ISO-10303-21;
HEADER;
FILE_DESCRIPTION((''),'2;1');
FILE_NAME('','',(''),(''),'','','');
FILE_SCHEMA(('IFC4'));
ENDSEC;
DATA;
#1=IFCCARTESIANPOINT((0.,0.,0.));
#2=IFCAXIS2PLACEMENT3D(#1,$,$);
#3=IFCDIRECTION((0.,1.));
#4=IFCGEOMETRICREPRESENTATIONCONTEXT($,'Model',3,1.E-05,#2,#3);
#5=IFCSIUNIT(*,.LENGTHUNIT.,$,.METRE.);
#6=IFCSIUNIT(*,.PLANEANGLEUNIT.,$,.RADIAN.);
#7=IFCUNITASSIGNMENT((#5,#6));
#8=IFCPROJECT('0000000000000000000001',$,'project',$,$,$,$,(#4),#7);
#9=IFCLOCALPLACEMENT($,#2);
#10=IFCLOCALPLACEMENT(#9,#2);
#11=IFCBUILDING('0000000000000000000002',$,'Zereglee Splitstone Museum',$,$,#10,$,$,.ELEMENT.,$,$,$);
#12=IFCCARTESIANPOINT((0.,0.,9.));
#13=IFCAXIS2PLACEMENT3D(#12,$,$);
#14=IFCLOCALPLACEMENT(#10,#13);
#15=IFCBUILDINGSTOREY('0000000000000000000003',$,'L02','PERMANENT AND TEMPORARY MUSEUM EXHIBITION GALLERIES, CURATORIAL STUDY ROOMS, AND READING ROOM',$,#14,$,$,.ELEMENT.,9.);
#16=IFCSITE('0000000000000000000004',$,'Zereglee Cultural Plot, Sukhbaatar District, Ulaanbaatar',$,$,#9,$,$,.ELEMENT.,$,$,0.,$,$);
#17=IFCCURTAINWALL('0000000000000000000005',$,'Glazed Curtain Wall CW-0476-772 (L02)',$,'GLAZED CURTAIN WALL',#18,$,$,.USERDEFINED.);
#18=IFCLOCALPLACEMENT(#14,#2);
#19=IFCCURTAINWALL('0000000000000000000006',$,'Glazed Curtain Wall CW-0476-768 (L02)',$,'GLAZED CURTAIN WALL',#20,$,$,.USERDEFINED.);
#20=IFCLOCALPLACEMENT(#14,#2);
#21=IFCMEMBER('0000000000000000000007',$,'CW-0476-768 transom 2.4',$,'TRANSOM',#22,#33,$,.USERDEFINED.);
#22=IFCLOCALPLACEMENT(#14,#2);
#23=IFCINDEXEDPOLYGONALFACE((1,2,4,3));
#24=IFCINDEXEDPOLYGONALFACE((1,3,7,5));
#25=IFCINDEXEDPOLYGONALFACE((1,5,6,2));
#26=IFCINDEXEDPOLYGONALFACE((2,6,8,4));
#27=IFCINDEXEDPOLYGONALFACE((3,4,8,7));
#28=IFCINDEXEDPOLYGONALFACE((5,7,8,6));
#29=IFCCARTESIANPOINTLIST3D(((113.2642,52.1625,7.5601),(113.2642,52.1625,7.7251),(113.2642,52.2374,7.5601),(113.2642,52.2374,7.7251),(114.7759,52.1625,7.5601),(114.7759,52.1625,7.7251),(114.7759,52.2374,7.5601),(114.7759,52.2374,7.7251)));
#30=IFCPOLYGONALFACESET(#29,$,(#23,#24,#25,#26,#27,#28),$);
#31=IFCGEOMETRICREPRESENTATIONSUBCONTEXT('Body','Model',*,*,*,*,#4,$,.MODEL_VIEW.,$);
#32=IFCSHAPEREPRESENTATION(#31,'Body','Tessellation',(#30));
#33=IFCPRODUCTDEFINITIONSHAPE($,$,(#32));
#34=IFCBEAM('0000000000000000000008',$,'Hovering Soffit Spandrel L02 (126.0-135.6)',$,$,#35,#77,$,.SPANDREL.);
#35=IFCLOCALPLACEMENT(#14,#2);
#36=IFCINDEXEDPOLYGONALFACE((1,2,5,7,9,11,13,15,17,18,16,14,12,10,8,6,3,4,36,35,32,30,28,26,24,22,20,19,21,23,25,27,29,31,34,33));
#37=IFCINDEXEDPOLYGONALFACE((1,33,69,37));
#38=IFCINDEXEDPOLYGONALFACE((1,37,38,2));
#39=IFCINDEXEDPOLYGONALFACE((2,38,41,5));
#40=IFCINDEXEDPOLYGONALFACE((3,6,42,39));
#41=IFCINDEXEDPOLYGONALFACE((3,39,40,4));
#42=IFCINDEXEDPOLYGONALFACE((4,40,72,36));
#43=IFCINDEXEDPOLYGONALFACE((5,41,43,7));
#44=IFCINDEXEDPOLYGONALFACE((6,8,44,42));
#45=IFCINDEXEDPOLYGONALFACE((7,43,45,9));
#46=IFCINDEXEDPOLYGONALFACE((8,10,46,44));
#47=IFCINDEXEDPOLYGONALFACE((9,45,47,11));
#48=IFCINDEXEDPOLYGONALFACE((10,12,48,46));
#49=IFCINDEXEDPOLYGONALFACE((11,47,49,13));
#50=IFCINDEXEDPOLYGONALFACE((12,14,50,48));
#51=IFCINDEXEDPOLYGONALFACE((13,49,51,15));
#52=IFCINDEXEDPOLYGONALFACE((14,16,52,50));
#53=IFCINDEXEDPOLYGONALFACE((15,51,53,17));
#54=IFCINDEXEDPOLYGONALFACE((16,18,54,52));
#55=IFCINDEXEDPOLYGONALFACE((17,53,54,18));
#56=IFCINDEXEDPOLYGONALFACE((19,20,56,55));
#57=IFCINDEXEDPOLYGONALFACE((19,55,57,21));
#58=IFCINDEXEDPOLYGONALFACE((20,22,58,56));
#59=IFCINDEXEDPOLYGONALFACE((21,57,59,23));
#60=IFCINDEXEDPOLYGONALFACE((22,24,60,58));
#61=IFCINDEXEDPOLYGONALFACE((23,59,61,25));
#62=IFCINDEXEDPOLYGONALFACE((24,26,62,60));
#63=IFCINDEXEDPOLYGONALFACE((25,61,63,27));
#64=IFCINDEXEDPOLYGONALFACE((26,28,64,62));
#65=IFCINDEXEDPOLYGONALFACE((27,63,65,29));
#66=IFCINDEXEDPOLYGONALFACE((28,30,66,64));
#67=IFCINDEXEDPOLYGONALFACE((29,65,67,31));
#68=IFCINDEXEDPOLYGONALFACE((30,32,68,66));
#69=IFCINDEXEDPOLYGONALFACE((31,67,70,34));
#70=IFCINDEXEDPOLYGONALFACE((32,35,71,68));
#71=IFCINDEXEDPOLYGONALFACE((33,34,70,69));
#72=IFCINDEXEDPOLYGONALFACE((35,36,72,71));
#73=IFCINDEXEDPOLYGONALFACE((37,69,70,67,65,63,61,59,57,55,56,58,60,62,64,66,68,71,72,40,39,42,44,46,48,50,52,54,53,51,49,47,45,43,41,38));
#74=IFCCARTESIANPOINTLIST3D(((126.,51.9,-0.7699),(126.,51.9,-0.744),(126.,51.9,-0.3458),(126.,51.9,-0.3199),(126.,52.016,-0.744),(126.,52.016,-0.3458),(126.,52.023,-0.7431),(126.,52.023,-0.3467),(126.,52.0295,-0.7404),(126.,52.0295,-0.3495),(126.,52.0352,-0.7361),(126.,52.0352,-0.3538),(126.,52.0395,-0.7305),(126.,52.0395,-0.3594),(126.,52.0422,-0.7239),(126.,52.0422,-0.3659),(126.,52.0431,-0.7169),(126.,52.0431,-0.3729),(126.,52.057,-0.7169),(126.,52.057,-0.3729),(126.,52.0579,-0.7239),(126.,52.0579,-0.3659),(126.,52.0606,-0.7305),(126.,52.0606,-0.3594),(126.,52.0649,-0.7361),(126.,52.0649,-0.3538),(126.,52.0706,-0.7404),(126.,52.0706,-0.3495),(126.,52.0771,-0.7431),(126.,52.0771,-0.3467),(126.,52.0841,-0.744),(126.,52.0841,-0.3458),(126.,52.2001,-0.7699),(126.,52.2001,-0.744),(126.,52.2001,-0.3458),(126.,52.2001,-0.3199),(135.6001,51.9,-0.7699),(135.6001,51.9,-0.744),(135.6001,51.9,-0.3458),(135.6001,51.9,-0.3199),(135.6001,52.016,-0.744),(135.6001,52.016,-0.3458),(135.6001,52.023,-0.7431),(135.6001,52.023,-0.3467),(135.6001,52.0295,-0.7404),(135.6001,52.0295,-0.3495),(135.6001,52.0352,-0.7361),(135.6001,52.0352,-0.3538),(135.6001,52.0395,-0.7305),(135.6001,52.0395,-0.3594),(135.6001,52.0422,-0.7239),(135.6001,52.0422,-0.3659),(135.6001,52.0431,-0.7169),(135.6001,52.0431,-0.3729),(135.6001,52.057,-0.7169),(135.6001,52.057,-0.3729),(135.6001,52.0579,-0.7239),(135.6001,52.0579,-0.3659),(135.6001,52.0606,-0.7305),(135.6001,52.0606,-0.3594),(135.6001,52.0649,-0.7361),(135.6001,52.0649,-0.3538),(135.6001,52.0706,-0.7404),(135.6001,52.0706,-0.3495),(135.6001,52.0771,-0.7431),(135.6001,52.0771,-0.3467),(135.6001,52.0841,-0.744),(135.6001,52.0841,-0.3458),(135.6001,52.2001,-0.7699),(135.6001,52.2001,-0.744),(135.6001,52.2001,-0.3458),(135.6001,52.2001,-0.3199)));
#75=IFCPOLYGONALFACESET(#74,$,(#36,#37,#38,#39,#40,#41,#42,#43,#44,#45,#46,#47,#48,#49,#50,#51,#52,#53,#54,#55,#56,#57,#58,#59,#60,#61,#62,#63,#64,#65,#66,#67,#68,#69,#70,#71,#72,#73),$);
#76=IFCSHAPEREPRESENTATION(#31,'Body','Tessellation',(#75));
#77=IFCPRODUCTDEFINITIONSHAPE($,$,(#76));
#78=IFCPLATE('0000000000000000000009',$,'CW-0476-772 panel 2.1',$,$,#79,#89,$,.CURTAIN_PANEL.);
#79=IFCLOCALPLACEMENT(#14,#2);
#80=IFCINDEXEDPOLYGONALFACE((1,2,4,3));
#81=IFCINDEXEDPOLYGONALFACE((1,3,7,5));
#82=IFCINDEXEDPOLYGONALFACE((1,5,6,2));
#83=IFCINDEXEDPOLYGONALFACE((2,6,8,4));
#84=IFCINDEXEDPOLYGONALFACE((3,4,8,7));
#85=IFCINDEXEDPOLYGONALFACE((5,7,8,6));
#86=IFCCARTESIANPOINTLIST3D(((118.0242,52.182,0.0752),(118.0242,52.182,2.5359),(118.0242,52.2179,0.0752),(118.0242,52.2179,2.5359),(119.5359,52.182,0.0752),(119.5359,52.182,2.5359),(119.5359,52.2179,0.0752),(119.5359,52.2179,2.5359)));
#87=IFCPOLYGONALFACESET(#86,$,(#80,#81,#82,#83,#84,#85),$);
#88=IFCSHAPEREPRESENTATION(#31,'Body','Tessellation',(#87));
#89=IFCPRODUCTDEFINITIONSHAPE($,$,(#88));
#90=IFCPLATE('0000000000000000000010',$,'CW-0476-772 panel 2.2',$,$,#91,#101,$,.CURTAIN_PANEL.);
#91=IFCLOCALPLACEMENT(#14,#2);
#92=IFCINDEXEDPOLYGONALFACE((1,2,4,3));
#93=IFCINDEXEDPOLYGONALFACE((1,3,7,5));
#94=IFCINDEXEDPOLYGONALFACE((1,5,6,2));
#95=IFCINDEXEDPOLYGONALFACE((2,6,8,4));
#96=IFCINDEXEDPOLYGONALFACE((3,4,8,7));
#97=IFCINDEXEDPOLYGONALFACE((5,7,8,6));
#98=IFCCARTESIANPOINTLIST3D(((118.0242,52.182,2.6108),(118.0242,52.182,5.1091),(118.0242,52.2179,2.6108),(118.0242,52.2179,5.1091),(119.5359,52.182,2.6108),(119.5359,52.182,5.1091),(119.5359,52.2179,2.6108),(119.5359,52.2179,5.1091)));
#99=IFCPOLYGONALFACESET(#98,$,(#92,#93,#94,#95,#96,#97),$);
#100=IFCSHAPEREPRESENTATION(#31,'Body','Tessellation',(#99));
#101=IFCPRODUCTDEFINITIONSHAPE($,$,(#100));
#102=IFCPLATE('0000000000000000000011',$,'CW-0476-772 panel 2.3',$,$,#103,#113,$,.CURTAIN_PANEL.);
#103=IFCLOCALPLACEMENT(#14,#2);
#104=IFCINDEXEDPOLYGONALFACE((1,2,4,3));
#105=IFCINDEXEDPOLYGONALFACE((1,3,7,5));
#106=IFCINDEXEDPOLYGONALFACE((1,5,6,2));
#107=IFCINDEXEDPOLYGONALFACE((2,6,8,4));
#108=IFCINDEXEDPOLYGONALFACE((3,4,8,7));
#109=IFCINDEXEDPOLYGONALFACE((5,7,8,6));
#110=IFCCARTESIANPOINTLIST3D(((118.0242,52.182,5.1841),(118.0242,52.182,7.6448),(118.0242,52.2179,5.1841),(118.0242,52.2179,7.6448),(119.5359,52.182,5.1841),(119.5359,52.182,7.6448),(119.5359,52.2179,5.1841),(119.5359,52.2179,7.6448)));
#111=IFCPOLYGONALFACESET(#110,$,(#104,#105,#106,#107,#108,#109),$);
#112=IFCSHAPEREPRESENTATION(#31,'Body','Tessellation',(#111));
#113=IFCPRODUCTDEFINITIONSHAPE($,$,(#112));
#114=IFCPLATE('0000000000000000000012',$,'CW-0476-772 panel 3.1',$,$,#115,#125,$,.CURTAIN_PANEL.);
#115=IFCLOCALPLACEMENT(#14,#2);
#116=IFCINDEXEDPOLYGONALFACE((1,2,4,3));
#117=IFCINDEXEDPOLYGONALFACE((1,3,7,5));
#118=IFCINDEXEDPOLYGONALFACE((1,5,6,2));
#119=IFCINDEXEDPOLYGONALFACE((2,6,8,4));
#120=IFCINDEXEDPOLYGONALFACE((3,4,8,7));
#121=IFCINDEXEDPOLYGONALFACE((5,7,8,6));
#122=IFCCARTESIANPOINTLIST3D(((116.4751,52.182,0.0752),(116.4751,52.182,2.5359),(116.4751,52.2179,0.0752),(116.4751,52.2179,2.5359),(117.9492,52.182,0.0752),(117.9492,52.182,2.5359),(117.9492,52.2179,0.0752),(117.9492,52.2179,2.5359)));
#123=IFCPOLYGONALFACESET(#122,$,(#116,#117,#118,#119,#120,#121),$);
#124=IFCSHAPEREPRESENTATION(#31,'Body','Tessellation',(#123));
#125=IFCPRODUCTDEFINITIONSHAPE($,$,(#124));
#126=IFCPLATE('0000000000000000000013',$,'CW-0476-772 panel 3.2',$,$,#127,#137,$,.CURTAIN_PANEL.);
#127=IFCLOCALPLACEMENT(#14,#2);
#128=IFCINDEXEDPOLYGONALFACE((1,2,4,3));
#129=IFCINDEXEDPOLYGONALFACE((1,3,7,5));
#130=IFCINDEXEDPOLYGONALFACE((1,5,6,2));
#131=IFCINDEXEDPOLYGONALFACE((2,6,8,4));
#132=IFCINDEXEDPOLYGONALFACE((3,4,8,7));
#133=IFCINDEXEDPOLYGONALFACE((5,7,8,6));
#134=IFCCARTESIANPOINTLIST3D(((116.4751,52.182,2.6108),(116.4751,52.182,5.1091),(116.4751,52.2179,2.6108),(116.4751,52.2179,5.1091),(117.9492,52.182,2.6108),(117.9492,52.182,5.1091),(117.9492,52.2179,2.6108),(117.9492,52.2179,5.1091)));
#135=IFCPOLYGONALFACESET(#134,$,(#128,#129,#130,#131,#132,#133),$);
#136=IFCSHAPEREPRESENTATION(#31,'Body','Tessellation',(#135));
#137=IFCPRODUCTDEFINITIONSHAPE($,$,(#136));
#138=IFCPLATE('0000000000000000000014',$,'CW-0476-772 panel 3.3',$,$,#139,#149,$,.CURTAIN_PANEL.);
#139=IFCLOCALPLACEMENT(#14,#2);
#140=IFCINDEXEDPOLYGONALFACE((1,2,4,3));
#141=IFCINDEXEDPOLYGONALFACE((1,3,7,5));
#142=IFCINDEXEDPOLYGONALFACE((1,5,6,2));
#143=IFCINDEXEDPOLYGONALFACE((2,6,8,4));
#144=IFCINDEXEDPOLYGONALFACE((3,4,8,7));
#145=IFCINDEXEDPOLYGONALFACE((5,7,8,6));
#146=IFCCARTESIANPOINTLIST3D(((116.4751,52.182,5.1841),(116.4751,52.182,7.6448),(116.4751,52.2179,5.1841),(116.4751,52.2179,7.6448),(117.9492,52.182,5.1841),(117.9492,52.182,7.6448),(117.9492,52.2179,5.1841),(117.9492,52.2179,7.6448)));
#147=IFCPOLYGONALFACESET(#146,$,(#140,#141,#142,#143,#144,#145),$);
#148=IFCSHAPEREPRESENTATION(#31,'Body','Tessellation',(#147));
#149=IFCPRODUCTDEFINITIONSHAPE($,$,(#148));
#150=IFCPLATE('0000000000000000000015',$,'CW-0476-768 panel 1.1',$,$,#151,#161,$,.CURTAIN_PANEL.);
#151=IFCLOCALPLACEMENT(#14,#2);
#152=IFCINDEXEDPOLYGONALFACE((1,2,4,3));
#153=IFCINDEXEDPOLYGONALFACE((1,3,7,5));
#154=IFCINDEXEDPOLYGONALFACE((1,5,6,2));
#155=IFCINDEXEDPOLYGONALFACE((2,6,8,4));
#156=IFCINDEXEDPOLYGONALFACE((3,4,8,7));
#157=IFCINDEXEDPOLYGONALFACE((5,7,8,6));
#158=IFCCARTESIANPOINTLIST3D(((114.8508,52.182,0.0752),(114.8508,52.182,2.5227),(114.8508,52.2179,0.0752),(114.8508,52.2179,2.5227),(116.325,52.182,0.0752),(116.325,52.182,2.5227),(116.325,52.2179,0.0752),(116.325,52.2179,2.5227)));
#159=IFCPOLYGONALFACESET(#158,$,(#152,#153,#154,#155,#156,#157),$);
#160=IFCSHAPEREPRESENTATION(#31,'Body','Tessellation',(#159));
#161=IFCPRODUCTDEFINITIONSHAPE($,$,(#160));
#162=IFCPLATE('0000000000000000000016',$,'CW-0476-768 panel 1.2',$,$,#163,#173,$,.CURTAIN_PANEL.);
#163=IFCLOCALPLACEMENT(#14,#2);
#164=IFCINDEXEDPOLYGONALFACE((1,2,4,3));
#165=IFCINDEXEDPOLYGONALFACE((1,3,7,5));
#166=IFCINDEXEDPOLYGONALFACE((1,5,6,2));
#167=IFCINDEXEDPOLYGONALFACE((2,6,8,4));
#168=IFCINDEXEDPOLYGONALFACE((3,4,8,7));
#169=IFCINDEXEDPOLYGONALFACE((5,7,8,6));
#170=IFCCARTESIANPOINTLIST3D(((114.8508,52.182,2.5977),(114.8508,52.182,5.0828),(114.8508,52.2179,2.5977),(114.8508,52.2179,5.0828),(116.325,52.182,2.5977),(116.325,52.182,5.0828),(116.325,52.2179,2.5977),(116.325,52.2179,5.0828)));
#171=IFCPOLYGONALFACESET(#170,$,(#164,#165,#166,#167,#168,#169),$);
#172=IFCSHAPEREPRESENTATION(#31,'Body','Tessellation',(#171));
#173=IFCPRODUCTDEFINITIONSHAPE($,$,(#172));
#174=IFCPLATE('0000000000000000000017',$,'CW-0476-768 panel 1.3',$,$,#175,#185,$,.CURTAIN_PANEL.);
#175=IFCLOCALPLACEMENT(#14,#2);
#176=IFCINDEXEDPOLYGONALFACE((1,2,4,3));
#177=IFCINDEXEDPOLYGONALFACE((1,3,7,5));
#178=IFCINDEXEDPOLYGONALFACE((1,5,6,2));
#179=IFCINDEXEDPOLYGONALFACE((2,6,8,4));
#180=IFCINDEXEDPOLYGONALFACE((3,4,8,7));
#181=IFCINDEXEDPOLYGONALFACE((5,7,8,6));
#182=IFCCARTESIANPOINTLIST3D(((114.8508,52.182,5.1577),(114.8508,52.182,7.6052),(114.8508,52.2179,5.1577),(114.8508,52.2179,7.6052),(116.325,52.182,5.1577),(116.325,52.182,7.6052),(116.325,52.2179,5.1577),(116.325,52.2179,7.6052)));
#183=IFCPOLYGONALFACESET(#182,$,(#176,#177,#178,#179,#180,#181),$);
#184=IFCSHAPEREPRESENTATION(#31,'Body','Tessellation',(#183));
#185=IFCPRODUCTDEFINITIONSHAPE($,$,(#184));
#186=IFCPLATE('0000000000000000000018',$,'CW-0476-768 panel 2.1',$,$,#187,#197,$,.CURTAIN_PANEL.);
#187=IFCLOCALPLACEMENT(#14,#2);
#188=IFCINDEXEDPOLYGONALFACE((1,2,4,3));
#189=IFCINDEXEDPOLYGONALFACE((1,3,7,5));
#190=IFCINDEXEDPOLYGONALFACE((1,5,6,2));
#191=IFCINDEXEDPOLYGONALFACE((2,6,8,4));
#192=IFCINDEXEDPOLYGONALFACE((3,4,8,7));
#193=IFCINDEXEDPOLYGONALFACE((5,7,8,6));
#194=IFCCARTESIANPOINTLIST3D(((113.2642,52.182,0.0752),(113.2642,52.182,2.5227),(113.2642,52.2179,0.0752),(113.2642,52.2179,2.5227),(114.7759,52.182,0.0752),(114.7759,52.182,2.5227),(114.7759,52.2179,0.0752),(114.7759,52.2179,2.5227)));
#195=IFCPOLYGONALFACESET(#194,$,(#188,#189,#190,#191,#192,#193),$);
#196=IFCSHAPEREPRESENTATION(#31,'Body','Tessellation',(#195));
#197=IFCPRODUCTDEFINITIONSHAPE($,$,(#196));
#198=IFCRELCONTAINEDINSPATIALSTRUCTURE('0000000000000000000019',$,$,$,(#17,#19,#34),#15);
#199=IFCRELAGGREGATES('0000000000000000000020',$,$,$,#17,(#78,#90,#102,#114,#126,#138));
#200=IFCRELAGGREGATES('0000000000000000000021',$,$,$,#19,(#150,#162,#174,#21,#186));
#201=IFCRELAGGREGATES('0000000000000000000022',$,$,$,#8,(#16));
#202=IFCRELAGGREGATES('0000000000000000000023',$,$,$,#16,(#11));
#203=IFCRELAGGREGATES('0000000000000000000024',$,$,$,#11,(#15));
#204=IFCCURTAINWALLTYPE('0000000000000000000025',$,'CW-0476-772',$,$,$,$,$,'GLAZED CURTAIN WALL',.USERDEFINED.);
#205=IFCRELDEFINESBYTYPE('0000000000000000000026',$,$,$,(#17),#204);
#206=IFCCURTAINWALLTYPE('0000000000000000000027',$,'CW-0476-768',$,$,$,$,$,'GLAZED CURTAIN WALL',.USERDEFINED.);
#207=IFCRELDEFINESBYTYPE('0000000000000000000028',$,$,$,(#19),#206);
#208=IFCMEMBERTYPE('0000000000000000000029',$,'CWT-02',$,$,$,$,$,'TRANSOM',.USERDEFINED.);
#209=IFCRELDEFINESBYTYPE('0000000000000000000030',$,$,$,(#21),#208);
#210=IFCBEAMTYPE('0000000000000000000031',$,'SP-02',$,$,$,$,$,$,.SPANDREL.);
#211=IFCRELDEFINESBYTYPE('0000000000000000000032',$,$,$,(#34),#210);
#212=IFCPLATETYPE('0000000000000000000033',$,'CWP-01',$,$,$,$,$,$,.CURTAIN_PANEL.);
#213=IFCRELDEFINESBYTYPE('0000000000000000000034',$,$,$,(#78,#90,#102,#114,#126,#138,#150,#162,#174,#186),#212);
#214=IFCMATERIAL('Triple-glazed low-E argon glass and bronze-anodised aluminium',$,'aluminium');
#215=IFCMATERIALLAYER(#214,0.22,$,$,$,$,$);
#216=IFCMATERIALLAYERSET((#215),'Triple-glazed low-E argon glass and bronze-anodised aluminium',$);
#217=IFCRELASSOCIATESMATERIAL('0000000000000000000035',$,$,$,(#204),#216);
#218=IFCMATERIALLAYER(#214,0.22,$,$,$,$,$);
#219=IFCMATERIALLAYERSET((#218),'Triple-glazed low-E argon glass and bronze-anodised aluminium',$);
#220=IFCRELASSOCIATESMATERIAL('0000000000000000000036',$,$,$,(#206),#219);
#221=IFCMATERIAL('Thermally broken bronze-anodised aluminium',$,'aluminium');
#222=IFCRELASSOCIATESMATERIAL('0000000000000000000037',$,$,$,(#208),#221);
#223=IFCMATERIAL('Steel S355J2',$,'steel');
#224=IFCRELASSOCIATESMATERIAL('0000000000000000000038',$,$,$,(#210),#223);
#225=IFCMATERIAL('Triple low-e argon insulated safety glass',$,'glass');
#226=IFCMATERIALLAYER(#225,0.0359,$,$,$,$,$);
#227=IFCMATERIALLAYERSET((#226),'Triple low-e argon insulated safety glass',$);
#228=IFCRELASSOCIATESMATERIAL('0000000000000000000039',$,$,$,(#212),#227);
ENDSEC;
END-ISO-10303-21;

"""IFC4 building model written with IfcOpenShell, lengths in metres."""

from ifc_helpers import new_model, si_unit, direction, frame, origin, origin_2d, place, context, subcontext, project, spatial, rectangle, i_section, extrude, material, layer, layer_set, material_profile, profile_set, type_object, element, aggregate, save


model = new_model("IFC4")

# Units and contexts
model_context = context("Model", 3, precision=1e-05, world=origin(), true_north=direction((0.0, 1.0)))
body_context = subcontext(model_context, "Body", "Model", "MODEL_VIEW")
ifc_project = project(units=[si_unit("LENGTHUNIT", "METRE"), si_unit("PLANEANGLEUNIT", "RADIAN")], contexts=[model_context])

# Site, building, storey
site_placement = place(None, origin())
site = spatial("IfcSite", under=ifc_project, at=site_placement, Name="Zereglee Cultural Plot, Sukhbaatar District, Ulaanbaatar", CompositionType="ELEMENT", RefElevation=0.0)
building_placement = place(site_placement, origin())
building = spatial("IfcBuilding", under=site, at=building_placement, Name="Zereglee Splitstone Museum", CompositionType="ELEMENT")
storey_placement = place(building_placement, frame((0.0, 0.0, 9.0)))
storey = spatial("IfcBuildingStorey", under=building, at=storey_placement, Name="L02", Description="PERMANENT AND TEMPORARY MUSEUM EXHIBITION GALLERIES, CURATORIAL STUDY ROOMS, AND READING ROOM", CompositionType="ELEMENT", Elevation=9.0)

# Curtain walls
ifc_material_1 = material(Name="Triple-glazed low-E argon glass and bronze-anodised aluminium", Category="aluminium")
ifc_layer_1 = layer(ifc_material_1, 0.22)
ifc_layer_set_1 = layer_set([ifc_layer_1], Name="Triple-glazed low-E argon glass and bronze-anodised aluminium")
curtain_wall_type_1 = type_object("IfcCurtainWallType", Name="CW-0476-772", ElementType="GLAZED CURTAIN WALL", PredefinedType="USERDEFINED", material=ifc_layer_set_1)
curtain_wall_1_placement = place(storey_placement, origin())
curtain_wall_1 = element("IfcCurtainWall", 1, at=curtain_wall_1_placement, inside=storey, type_object=curtain_wall_type_1, Name="Glazed Curtain Wall CW-0476-772 (L02)", ObjectType="GLAZED CURTAIN WALL", PredefinedType="USERDEFINED")
ifc_material_2 = material(Name="Thermally broken bronze-anodised aluminium", Category="aluminium")
ifc_layer_2 = layer(ifc_material_1, 0.22)
ifc_layer_set_2 = layer_set([ifc_layer_2], Name="Triple-glazed low-E argon glass and bronze-anodised aluminium")
curtain_wall_type_2 = type_object("IfcCurtainWallType", Name="CW-0476-768", ElementType="GLAZED CURTAIN WALL", PredefinedType="USERDEFINED", material=ifc_layer_set_2)
curtain_wall_2_placement = place(storey_placement, origin())
curtain_wall_2 = element("IfcCurtainWall", 2, at=curtain_wall_2_placement, inside=storey, type_object=curtain_wall_type_2, Name="Glazed Curtain Wall CW-0476-768 (L02)", ObjectType="GLAZED CURTAIN WALL", PredefinedType="USERDEFINED")

# Member
ifc_material_profile_1 = material_profile(ifc_material_2, rectangle(XDim=0.075, YDim=0.165, at=origin_2d()), Name="CW TRAN 75x165")
ifc_profile_set_1 = profile_set([ifc_material_profile_1], Name="Thermally broken bronze-anodised aluminium")
member_type_1 = type_object("IfcMemberType", Name="CWT-02", ElementType="TRANSOM", PredefinedType="USERDEFINED", material=ifc_profile_set_1)
member_1_placement = place(storey_placement, frame((114.7759, 52.2, 7.6426), z_axis=(-1.0, 0.0, 0.0), x_axis=(0.0, -1.0, 0.0)))
member_1 = element("IfcMember", 3, at=member_1_placement, type_object=member_type_1, Name="CW-0476-768 transom 2.4", ObjectType="TRANSOM", PredefinedType="USERDEFINED", context=body_context, shape_type="SweptSolid", body=[
    extrude(rectangle(XDim=0.075, YDim=0.165, at=origin_2d()), origin(), (0.0, 0.0, 1.0), 1.5117),
])

# Beam
ifc_material_3 = material(Name="Steel S355J2", Category="steel")
ifc_material_profile_2 = material_profile(ifc_material_3, i_section(OverallWidth=0.3, OverallDepth=0.45, WebThickness=0.0139, FlangeThickness=0.0259, FilletRadius=0.0271, at=origin_2d()), Name="HE 450 B")
ifc_profile_set_2 = profile_set([ifc_material_profile_2], Name="Steel S355J2")
beam_type = type_object("IfcBeamType", Name="SP-02", PredefinedType="SPANDREL", material=ifc_profile_set_2)
beam_placement = place(storey_placement, frame((126.0, 52.05, -0.5449), z_axis=(1.0, 0.0, 0.0), x_axis=(0.0, 1.0, 0.0)))
element("IfcBeam", 4, at=beam_placement, inside=storey, type_object=beam_type, Name="Hovering Soffit Spandrel L02 (126.0-135.6)", PredefinedType="SPANDREL", context=body_context, shape_type="SweptSolid", body=[
    extrude(i_section(OverallWidth=0.3, OverallDepth=0.45, WebThickness=0.0139, FlangeThickness=0.0259, FilletRadius=0.0271, at=origin_2d()), origin(), (0.0, 0.0, 1.0), 9.6001),
])

# Plates
ifc_material_4 = material(Name="Triple low-e argon insulated safety glass", Category="glass")
ifc_layer_3 = layer(ifc_material_4, 0.0359)
ifc_layer_set_3 = layer_set([ifc_layer_3], Name="Triple low-e argon insulated safety glass")
plate_type_1 = type_object("IfcPlateType", Name="CWP-01", PredefinedType="CURTAIN_PANEL", material=ifc_layer_set_3)
plate_1_placement = place(storey_placement, frame((118.78, 52.2, 0.0752), z_axis=(0.0, 0.0, 1.0), x_axis=(-1.0, 0.0, 0.0)))
plate_1 = element("IfcPlate", 5, at=plate_1_placement, type_object=plate_type_1, Name="CW-0476-772 panel 2.1", PredefinedType="CURTAIN_PANEL", context=body_context, shape_type="SweptSolid", body=[
    extrude(rectangle(XDim=1.5117, YDim=0.0359, at=origin_2d()), origin(), (0.0, 0.0, 1.0), 2.4607),
])
plate_2_placement = place(storey_placement, frame((118.78, 52.2, 2.6108), z_axis=(0.0, 0.0, 1.0), x_axis=(-1.0, 0.0, 0.0)))
plate_2 = element("IfcPlate", 6, at=plate_2_placement, type_object=plate_type_1, Name="CW-0476-772 panel 2.2", PredefinedType="CURTAIN_PANEL", context=body_context, shape_type="SweptSolid", body=[
    extrude(rectangle(XDim=1.5117, YDim=0.0359, at=origin_2d()), origin(), (0.0, 0.0, 1.0), 2.4983),
])
plate_3_placement = place(storey_placement, frame((118.78, 52.2, 5.1841), z_axis=(0.0, 0.0, 1.0), x_axis=(-1.0, 0.0, 0.0)))
plate_3 = element("IfcPlate", 7, at=plate_3_placement, type_object=plate_type_1, Name="CW-0476-772 panel 2.3", PredefinedType="CURTAIN_PANEL", context=body_context, shape_type="SweptSolid", body=[
    extrude(rectangle(XDim=1.5117, YDim=0.0359, at=origin_2d()), origin(), (0.0, 0.0, 1.0), 2.4607),
])
plate_4_placement = place(storey_placement, frame((117.2122, 52.2, 0.0752), z_axis=(0.0, 0.0, 1.0), x_axis=(-1.0, 0.0, 0.0)))
plate_4 = element("IfcPlate", 8, at=plate_4_placement, type_object=plate_type_1, Name="CW-0476-772 panel 3.1", PredefinedType="CURTAIN_PANEL", context=body_context, shape_type="SweptSolid", body=[
    extrude(rectangle(XDim=1.4741, YDim=0.0359, at=origin_2d()), origin(), (0.0, 0.0, 1.0), 2.4607),
])
plate_5_placement = place(storey_placement, frame((117.2122, 52.2, 2.6108), z_axis=(0.0, 0.0, 1.0), x_axis=(-1.0, 0.0, 0.0)))
plate_5 = element("IfcPlate", 9, at=plate_5_placement, type_object=plate_type_1, Name="CW-0476-772 panel 3.2", PredefinedType="CURTAIN_PANEL", context=body_context, shape_type="SweptSolid", body=[
    extrude(rectangle(XDim=1.4741, YDim=0.0359, at=origin_2d()), origin(), (0.0, 0.0, 1.0), 2.4983),
])
plate_6_placement = place(storey_placement, frame((117.2122, 52.2, 5.1841), z_axis=(0.0, 0.0, 1.0), x_axis=(-1.0, 0.0, 0.0)))
plate_6 = element("IfcPlate", 10, at=plate_6_placement, type_object=plate_type_1, Name="CW-0476-772 panel 3.3", PredefinedType="CURTAIN_PANEL", context=body_context, shape_type="SweptSolid", body=[
    extrude(rectangle(XDim=1.4741, YDim=0.0359, at=origin_2d()), origin(), (0.0, 0.0, 1.0), 2.4607),
])
aggregate(curtain_wall_1, [plate_1, plate_2, plate_3, plate_4, plate_5, plate_6])
plate_7_placement = place(storey_placement, frame((115.5879, 52.2, 0.0752), z_axis=(0.0, 0.0, 1.0), x_axis=(-1.0, 0.0, 0.0)))
plate_7 = element("IfcPlate", 11, at=plate_7_placement, type_object=plate_type_1, Name="CW-0476-768 panel 1.1", PredefinedType="CURTAIN_PANEL", context=body_context, shape_type="SweptSolid", body=[
    extrude(rectangle(XDim=1.4741, YDim=0.0359, at=origin_2d()), origin(), (0.0, 0.0, 1.0), 2.4475),
])
plate_8_placement = place(storey_placement, frame((115.5879, 52.2, 2.5977), z_axis=(0.0, 0.0, 1.0), x_axis=(-1.0, 0.0, 0.0)))
plate_8 = element("IfcPlate", 12, at=plate_8_placement, type_object=plate_type_1, Name="CW-0476-768 panel 1.2", PredefinedType="CURTAIN_PANEL", context=body_context, shape_type="SweptSolid", body=[
    extrude(rectangle(XDim=1.4741, YDim=0.0359, at=origin_2d()), origin(), (0.0, 0.0, 1.0), 2.4851),
])
plate_9_placement = place(storey_placement, frame((115.5879, 52.2, 5.1577), z_axis=(0.0, 0.0, 1.0), x_axis=(-1.0, 0.0, 0.0)))
plate_9 = element("IfcPlate", 13, at=plate_9_placement, type_object=plate_type_1, Name="CW-0476-768 panel 1.3", PredefinedType="CURTAIN_PANEL", context=body_context, shape_type="SweptSolid", body=[
    extrude(rectangle(XDim=1.4741, YDim=0.0359, at=origin_2d()), origin(), (0.0, 0.0, 1.0), 2.4475),
])
plate_10_placement = place(storey_placement, frame((114.02, 52.2, 0.0752), z_axis=(0.0, 0.0, 1.0), x_axis=(-1.0, 0.0, 0.0)))
plate_10 = element("IfcPlate", 14, at=plate_10_placement, type_object=plate_type_1, Name="CW-0476-768 panel 2.1", PredefinedType="CURTAIN_PANEL", context=body_context, shape_type="SweptSolid", body=[
    extrude(rectangle(XDim=1.5117, YDim=0.0359, at=origin_2d()), origin(), (0.0, 0.0, 1.0), 2.4475),
])
aggregate(curtain_wall_2, [plate_7, plate_8, plate_9, member_1, plate_10])

save(model, "model.ifc")
